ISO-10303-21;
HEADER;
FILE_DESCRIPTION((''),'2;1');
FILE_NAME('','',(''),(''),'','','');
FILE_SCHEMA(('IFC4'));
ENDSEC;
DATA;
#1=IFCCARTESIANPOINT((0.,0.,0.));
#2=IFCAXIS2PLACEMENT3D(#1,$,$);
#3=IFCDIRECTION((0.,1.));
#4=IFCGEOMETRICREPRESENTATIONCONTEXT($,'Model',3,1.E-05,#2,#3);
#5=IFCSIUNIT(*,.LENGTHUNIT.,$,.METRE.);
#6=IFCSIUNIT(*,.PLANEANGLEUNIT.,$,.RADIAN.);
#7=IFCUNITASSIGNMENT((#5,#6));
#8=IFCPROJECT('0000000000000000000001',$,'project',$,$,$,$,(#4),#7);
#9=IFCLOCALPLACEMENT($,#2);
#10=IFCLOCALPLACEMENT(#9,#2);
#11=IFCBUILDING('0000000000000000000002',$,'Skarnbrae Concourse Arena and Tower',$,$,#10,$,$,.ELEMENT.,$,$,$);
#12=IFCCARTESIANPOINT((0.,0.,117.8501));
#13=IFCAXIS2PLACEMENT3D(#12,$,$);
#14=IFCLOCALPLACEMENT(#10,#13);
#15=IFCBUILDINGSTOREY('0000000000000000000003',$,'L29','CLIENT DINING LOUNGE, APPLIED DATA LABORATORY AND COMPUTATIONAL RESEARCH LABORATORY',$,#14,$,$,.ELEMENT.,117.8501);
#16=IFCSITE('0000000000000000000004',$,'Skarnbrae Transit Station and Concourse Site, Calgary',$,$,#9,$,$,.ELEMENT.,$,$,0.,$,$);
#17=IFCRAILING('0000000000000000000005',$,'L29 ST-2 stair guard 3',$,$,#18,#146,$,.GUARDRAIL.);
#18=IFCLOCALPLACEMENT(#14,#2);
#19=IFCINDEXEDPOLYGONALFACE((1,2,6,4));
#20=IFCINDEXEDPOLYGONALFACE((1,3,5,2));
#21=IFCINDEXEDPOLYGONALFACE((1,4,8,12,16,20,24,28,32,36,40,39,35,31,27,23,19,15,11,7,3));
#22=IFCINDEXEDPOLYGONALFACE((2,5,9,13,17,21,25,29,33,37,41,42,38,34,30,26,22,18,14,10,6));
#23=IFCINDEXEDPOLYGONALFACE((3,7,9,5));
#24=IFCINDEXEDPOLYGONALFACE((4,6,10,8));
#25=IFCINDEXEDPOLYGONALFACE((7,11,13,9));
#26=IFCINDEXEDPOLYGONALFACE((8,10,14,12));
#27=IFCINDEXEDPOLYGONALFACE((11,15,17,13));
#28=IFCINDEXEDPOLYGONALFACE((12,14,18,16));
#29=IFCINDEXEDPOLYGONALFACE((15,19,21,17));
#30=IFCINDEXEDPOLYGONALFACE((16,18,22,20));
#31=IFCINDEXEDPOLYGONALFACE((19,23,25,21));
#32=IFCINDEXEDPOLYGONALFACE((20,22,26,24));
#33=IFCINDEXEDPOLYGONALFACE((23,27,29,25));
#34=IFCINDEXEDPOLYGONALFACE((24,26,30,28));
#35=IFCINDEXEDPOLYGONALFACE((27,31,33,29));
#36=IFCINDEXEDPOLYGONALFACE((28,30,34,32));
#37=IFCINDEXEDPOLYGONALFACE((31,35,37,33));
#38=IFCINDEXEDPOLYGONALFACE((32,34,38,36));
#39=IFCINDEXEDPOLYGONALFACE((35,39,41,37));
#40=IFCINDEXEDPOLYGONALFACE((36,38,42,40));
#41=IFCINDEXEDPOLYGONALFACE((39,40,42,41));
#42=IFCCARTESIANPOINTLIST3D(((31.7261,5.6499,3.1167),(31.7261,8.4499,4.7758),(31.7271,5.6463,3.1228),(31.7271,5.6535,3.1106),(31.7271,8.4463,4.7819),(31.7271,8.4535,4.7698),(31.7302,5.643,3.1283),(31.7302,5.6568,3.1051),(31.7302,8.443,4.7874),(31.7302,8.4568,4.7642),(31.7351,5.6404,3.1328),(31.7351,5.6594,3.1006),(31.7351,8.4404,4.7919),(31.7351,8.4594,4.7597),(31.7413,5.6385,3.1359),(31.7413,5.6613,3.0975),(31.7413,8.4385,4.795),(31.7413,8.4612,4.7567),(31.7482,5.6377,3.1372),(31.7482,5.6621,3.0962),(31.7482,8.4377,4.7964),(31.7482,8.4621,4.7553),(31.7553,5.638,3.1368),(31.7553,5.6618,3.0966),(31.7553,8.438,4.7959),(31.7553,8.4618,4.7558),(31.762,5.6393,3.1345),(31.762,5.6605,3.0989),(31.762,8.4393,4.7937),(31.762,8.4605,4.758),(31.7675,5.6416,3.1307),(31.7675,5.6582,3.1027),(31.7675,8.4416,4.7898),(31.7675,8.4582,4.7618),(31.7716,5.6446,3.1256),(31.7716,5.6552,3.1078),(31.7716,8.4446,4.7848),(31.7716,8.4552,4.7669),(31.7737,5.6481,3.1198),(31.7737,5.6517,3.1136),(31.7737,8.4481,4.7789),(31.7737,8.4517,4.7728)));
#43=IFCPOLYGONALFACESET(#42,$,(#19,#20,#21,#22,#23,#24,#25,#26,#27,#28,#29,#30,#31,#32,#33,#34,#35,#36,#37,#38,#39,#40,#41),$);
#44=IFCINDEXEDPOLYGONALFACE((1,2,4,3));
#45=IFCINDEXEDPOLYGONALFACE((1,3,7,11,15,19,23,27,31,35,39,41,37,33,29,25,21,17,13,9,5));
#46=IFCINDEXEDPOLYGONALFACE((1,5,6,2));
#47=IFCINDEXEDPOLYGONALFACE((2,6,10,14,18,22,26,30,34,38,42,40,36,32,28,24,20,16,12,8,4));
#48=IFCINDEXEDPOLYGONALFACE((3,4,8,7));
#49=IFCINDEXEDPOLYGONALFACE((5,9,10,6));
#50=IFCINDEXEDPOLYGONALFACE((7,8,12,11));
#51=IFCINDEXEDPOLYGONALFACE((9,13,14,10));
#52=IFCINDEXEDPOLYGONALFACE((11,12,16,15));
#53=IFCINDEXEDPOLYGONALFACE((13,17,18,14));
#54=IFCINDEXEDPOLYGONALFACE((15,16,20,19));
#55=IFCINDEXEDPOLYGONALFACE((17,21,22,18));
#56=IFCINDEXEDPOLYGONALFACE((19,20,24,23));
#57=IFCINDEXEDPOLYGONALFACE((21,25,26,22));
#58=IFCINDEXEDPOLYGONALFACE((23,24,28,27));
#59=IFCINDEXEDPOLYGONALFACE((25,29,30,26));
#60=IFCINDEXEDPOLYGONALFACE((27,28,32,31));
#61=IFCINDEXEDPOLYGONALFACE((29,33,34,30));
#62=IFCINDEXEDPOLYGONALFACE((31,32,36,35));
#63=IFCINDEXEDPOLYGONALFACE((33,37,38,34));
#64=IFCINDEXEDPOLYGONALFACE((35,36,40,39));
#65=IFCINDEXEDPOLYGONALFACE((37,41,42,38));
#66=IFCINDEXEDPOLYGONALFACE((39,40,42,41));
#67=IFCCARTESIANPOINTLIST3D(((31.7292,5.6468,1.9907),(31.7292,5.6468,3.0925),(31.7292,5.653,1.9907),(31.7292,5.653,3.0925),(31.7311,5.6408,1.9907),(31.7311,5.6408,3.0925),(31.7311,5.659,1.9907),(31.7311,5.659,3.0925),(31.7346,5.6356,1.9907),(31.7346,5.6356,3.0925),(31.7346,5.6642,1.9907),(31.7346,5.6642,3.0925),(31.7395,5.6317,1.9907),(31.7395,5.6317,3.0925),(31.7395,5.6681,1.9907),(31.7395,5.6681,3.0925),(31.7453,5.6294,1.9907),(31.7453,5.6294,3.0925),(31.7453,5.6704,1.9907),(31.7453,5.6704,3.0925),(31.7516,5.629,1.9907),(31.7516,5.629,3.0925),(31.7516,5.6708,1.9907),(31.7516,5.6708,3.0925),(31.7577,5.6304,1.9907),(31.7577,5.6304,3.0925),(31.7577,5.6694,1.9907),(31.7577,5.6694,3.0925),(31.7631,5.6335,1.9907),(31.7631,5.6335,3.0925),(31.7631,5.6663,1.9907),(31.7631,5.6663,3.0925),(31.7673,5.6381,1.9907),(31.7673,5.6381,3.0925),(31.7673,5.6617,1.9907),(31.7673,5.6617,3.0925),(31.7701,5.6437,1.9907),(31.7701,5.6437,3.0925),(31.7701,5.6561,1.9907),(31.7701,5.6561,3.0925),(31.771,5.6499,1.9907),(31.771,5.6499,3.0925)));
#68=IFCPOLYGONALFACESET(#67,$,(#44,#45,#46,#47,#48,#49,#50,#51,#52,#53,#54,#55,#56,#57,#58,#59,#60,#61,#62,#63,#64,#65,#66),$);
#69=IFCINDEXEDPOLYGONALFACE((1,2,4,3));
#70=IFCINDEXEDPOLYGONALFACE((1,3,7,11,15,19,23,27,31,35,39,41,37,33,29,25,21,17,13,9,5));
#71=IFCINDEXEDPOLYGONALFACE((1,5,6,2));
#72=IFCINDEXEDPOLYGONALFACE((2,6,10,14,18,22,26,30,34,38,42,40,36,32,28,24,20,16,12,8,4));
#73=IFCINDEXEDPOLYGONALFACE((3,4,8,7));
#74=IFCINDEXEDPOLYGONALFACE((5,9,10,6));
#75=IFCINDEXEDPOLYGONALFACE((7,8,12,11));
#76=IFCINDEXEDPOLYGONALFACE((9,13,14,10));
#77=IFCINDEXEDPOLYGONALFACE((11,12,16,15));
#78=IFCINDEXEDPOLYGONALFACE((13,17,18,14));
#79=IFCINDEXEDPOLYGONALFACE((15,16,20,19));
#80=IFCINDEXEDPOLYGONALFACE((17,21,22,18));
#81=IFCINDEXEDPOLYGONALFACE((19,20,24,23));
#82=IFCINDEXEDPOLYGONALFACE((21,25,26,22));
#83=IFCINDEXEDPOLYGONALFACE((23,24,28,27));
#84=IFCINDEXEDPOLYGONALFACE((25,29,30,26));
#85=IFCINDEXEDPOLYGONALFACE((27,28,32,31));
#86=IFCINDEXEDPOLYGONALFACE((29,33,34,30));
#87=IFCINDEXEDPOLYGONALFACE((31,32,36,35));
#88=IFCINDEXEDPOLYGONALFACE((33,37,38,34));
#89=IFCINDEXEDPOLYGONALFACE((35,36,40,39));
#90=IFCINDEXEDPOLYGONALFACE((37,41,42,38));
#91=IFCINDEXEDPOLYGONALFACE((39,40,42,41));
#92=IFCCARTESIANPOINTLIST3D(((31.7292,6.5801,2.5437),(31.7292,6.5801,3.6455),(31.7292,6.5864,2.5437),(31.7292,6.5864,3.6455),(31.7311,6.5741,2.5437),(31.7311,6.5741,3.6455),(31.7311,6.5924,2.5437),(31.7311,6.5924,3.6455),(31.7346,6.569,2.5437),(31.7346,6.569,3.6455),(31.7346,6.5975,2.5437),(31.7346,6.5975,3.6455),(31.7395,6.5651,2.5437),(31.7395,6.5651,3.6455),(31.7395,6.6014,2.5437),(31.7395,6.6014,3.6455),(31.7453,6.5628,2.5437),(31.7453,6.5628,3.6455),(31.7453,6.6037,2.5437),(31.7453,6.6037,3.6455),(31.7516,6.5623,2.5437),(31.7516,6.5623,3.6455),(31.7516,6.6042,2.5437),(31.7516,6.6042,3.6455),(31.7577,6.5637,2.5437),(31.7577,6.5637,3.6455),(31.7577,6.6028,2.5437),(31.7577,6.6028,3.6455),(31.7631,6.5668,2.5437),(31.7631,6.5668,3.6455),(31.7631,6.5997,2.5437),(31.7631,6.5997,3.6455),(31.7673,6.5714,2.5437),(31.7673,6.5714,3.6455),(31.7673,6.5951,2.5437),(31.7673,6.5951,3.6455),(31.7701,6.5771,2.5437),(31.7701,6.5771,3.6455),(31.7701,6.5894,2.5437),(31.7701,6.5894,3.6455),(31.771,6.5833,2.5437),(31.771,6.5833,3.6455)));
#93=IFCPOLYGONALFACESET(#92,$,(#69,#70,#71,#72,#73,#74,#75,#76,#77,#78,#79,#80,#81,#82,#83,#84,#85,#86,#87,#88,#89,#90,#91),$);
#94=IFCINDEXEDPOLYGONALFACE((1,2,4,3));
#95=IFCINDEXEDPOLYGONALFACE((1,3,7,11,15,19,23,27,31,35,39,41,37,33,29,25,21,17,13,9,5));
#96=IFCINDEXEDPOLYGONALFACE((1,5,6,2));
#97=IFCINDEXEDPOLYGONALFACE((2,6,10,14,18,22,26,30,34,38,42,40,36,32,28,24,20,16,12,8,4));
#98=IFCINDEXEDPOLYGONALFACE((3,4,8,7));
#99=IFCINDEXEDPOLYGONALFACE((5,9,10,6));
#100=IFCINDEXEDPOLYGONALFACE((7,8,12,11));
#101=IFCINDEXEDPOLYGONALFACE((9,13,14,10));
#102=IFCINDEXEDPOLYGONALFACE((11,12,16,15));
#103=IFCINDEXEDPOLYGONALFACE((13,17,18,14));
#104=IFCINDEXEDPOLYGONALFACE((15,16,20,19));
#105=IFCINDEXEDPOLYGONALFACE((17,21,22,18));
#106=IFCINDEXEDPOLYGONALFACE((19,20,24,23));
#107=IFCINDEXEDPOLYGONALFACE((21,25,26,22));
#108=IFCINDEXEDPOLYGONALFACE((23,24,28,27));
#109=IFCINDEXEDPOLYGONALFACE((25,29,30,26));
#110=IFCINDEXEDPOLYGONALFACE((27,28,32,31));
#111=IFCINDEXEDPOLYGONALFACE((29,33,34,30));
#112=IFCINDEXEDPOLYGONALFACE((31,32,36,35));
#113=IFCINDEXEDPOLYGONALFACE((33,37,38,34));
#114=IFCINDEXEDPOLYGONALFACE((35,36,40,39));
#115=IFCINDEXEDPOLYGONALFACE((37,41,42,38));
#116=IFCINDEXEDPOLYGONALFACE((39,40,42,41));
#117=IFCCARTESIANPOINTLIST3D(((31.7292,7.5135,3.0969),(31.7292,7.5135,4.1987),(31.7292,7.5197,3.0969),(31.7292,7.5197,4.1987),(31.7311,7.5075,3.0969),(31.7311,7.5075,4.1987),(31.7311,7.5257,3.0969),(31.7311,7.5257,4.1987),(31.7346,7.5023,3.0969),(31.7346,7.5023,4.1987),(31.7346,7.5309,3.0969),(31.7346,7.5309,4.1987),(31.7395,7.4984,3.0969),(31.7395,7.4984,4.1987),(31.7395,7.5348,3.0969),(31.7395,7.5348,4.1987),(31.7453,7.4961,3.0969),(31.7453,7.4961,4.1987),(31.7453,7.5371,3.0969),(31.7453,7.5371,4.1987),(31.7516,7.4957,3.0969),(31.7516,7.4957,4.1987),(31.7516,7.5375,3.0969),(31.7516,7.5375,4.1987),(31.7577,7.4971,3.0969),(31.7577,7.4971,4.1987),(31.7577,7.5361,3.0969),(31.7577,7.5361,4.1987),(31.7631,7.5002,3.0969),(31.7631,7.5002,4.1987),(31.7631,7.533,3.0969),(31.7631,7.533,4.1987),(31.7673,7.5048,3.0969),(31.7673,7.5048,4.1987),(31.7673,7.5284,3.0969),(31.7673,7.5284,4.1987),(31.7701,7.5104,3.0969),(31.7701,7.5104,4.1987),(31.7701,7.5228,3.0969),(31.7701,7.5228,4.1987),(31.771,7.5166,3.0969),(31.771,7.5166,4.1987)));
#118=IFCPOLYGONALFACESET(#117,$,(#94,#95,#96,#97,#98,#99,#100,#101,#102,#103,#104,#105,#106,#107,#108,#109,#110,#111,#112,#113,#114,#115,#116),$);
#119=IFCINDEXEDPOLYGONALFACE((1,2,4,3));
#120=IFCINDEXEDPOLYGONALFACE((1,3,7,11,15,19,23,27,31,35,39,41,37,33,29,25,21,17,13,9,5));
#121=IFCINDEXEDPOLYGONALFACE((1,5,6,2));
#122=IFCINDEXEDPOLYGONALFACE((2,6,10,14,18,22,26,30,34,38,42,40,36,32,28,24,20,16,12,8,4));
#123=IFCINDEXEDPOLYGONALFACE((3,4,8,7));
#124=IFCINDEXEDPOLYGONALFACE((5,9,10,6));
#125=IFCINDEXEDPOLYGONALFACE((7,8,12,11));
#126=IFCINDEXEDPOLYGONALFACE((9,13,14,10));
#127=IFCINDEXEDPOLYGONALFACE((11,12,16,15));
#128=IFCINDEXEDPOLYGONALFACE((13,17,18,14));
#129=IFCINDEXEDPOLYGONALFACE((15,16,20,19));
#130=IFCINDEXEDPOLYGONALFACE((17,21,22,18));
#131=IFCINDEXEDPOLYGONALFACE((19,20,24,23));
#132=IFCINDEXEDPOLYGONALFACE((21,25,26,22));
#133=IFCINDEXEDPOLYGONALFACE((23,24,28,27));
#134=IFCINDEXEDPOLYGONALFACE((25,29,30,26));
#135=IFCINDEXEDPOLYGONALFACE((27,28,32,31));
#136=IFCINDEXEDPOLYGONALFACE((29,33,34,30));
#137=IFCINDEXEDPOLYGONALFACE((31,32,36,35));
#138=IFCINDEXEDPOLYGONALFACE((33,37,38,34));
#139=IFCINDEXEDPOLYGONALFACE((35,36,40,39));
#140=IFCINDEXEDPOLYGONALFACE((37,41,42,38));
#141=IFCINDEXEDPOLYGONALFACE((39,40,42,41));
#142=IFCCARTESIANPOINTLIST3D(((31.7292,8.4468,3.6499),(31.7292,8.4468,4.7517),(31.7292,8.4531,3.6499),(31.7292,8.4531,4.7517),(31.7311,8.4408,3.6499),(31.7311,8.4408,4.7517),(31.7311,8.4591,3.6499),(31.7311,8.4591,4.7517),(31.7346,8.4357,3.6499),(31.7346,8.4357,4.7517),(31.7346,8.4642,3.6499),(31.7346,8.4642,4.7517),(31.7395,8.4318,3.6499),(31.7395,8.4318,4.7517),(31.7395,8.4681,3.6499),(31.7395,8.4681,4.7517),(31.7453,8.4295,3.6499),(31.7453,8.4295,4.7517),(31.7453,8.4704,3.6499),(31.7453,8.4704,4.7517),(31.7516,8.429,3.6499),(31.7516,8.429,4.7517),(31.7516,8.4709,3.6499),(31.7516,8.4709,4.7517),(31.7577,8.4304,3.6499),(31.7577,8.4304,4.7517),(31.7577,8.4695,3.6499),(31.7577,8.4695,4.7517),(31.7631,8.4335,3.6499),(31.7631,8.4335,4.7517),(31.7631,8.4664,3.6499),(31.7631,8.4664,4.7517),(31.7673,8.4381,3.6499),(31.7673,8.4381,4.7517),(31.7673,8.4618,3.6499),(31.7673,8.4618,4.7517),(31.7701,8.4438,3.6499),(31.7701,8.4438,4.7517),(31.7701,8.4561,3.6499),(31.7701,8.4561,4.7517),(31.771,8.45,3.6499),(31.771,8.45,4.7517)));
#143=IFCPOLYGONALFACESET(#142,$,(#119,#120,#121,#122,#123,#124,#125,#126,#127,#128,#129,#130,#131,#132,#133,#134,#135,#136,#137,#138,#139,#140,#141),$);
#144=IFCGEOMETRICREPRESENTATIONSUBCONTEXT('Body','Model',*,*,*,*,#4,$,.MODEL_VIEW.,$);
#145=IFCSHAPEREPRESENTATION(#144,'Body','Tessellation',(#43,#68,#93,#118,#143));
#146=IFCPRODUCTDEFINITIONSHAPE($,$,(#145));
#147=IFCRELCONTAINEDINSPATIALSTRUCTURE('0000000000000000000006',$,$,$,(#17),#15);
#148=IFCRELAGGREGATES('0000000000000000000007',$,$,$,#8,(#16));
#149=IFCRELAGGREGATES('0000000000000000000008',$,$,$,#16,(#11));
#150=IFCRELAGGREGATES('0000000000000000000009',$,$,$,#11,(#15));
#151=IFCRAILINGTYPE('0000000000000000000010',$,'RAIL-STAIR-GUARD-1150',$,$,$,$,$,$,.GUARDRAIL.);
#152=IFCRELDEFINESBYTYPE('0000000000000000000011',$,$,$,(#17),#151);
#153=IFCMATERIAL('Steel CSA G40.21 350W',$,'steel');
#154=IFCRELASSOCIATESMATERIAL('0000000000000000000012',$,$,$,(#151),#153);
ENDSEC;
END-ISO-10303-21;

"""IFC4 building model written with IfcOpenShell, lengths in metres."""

from ifc_helpers import new_model, si_unit, direction, frame, origin, origin_2d, place, context, subcontext, project, spatial, circle, extrude, material, type_object, element, save


model = new_model("IFC4")

# Units and contexts
model_context = context("Model", 3, precision=1e-05, world=origin(), true_north=direction((0.0, 1.0)))
body_context = subcontext(model_context, "Body", "Model", "MODEL_VIEW")
ifc_project = project(units=[si_unit("LENGTHUNIT", "METRE"), si_unit("PLANEANGLEUNIT", "RADIAN")], contexts=[model_context])

# Site, building, storey
site_placement = place(None, origin())
site = spatial("IfcSite", under=ifc_project, at=site_placement, Name="Skarnbrae Transit Station and Concourse Site, Calgary", CompositionType="ELEMENT", RefElevation=0.0)
building_placement = place(site_placement, origin())
building = spatial("IfcBuilding", under=site, at=building_placement, Name="Skarnbrae Concourse Arena and Tower", CompositionType="ELEMENT")
storey_placement = place(building_placement, frame((0.0, 0.0, 117.8501)))
storey = spatial("IfcBuildingStorey", under=building, at=storey_placement, Name="L29", Description="CLIENT DINING LOUNGE, APPLIED DATA LABORATORY AND COMPUTATIONAL RESEARCH LABORATORY", CompositionType="ELEMENT", Elevation=117.8501)

# Shared definitions
ifc_material_1 = material(Name="Steel CSA G40.21 350W", Category="steel")

# Railing
railing_type_1 = type_object("IfcRailingType", Name="RAIL-STAIR-GUARD-1150", PredefinedType="GUARDRAIL", material=ifc_material_1)
railing_1_placement = place(storey_placement, frame((31.75, 5.6499, 1.9907)))
element("IfcRailing", 1, at=railing_1_placement, inside=storey, type_object=railing_type_1, Name="L29 ST-2 stair guard 3", PredefinedType="GUARDRAIL", context=body_context, shape_type="SweptSolid", body=[
    extrude(circle(Radius=0.0239, at=origin_2d()), frame((0.0, 0.0, 1.126), z_axis=(0.0, 0.860306, 0.509778), x_axis=(-1.0, 0.0, 0.0)), (0.0, 0.0, 1.0), 3.2546),
    extrude(circle(Radius=0.021, at=origin_2d()), origin(), (0.0, 0.0, 1.0), 1.1018),
    extrude(circle(Radius=0.021, at=origin_2d()), frame((0.0, 0.9333, 0.553)), (0.0, 0.0, 1.0), 1.1018),
    extrude(circle(Radius=0.021, at=origin_2d()), frame((0.0, 1.8667, 1.1062)), (0.0, 0.0, 1.0), 1.1018),
    extrude(circle(Radius=0.021, at=origin_2d()), frame((0.0, 2.8, 1.6592)), (0.0, 0.0, 1.0), 1.1018),
])

save(model, "model.ifc")
